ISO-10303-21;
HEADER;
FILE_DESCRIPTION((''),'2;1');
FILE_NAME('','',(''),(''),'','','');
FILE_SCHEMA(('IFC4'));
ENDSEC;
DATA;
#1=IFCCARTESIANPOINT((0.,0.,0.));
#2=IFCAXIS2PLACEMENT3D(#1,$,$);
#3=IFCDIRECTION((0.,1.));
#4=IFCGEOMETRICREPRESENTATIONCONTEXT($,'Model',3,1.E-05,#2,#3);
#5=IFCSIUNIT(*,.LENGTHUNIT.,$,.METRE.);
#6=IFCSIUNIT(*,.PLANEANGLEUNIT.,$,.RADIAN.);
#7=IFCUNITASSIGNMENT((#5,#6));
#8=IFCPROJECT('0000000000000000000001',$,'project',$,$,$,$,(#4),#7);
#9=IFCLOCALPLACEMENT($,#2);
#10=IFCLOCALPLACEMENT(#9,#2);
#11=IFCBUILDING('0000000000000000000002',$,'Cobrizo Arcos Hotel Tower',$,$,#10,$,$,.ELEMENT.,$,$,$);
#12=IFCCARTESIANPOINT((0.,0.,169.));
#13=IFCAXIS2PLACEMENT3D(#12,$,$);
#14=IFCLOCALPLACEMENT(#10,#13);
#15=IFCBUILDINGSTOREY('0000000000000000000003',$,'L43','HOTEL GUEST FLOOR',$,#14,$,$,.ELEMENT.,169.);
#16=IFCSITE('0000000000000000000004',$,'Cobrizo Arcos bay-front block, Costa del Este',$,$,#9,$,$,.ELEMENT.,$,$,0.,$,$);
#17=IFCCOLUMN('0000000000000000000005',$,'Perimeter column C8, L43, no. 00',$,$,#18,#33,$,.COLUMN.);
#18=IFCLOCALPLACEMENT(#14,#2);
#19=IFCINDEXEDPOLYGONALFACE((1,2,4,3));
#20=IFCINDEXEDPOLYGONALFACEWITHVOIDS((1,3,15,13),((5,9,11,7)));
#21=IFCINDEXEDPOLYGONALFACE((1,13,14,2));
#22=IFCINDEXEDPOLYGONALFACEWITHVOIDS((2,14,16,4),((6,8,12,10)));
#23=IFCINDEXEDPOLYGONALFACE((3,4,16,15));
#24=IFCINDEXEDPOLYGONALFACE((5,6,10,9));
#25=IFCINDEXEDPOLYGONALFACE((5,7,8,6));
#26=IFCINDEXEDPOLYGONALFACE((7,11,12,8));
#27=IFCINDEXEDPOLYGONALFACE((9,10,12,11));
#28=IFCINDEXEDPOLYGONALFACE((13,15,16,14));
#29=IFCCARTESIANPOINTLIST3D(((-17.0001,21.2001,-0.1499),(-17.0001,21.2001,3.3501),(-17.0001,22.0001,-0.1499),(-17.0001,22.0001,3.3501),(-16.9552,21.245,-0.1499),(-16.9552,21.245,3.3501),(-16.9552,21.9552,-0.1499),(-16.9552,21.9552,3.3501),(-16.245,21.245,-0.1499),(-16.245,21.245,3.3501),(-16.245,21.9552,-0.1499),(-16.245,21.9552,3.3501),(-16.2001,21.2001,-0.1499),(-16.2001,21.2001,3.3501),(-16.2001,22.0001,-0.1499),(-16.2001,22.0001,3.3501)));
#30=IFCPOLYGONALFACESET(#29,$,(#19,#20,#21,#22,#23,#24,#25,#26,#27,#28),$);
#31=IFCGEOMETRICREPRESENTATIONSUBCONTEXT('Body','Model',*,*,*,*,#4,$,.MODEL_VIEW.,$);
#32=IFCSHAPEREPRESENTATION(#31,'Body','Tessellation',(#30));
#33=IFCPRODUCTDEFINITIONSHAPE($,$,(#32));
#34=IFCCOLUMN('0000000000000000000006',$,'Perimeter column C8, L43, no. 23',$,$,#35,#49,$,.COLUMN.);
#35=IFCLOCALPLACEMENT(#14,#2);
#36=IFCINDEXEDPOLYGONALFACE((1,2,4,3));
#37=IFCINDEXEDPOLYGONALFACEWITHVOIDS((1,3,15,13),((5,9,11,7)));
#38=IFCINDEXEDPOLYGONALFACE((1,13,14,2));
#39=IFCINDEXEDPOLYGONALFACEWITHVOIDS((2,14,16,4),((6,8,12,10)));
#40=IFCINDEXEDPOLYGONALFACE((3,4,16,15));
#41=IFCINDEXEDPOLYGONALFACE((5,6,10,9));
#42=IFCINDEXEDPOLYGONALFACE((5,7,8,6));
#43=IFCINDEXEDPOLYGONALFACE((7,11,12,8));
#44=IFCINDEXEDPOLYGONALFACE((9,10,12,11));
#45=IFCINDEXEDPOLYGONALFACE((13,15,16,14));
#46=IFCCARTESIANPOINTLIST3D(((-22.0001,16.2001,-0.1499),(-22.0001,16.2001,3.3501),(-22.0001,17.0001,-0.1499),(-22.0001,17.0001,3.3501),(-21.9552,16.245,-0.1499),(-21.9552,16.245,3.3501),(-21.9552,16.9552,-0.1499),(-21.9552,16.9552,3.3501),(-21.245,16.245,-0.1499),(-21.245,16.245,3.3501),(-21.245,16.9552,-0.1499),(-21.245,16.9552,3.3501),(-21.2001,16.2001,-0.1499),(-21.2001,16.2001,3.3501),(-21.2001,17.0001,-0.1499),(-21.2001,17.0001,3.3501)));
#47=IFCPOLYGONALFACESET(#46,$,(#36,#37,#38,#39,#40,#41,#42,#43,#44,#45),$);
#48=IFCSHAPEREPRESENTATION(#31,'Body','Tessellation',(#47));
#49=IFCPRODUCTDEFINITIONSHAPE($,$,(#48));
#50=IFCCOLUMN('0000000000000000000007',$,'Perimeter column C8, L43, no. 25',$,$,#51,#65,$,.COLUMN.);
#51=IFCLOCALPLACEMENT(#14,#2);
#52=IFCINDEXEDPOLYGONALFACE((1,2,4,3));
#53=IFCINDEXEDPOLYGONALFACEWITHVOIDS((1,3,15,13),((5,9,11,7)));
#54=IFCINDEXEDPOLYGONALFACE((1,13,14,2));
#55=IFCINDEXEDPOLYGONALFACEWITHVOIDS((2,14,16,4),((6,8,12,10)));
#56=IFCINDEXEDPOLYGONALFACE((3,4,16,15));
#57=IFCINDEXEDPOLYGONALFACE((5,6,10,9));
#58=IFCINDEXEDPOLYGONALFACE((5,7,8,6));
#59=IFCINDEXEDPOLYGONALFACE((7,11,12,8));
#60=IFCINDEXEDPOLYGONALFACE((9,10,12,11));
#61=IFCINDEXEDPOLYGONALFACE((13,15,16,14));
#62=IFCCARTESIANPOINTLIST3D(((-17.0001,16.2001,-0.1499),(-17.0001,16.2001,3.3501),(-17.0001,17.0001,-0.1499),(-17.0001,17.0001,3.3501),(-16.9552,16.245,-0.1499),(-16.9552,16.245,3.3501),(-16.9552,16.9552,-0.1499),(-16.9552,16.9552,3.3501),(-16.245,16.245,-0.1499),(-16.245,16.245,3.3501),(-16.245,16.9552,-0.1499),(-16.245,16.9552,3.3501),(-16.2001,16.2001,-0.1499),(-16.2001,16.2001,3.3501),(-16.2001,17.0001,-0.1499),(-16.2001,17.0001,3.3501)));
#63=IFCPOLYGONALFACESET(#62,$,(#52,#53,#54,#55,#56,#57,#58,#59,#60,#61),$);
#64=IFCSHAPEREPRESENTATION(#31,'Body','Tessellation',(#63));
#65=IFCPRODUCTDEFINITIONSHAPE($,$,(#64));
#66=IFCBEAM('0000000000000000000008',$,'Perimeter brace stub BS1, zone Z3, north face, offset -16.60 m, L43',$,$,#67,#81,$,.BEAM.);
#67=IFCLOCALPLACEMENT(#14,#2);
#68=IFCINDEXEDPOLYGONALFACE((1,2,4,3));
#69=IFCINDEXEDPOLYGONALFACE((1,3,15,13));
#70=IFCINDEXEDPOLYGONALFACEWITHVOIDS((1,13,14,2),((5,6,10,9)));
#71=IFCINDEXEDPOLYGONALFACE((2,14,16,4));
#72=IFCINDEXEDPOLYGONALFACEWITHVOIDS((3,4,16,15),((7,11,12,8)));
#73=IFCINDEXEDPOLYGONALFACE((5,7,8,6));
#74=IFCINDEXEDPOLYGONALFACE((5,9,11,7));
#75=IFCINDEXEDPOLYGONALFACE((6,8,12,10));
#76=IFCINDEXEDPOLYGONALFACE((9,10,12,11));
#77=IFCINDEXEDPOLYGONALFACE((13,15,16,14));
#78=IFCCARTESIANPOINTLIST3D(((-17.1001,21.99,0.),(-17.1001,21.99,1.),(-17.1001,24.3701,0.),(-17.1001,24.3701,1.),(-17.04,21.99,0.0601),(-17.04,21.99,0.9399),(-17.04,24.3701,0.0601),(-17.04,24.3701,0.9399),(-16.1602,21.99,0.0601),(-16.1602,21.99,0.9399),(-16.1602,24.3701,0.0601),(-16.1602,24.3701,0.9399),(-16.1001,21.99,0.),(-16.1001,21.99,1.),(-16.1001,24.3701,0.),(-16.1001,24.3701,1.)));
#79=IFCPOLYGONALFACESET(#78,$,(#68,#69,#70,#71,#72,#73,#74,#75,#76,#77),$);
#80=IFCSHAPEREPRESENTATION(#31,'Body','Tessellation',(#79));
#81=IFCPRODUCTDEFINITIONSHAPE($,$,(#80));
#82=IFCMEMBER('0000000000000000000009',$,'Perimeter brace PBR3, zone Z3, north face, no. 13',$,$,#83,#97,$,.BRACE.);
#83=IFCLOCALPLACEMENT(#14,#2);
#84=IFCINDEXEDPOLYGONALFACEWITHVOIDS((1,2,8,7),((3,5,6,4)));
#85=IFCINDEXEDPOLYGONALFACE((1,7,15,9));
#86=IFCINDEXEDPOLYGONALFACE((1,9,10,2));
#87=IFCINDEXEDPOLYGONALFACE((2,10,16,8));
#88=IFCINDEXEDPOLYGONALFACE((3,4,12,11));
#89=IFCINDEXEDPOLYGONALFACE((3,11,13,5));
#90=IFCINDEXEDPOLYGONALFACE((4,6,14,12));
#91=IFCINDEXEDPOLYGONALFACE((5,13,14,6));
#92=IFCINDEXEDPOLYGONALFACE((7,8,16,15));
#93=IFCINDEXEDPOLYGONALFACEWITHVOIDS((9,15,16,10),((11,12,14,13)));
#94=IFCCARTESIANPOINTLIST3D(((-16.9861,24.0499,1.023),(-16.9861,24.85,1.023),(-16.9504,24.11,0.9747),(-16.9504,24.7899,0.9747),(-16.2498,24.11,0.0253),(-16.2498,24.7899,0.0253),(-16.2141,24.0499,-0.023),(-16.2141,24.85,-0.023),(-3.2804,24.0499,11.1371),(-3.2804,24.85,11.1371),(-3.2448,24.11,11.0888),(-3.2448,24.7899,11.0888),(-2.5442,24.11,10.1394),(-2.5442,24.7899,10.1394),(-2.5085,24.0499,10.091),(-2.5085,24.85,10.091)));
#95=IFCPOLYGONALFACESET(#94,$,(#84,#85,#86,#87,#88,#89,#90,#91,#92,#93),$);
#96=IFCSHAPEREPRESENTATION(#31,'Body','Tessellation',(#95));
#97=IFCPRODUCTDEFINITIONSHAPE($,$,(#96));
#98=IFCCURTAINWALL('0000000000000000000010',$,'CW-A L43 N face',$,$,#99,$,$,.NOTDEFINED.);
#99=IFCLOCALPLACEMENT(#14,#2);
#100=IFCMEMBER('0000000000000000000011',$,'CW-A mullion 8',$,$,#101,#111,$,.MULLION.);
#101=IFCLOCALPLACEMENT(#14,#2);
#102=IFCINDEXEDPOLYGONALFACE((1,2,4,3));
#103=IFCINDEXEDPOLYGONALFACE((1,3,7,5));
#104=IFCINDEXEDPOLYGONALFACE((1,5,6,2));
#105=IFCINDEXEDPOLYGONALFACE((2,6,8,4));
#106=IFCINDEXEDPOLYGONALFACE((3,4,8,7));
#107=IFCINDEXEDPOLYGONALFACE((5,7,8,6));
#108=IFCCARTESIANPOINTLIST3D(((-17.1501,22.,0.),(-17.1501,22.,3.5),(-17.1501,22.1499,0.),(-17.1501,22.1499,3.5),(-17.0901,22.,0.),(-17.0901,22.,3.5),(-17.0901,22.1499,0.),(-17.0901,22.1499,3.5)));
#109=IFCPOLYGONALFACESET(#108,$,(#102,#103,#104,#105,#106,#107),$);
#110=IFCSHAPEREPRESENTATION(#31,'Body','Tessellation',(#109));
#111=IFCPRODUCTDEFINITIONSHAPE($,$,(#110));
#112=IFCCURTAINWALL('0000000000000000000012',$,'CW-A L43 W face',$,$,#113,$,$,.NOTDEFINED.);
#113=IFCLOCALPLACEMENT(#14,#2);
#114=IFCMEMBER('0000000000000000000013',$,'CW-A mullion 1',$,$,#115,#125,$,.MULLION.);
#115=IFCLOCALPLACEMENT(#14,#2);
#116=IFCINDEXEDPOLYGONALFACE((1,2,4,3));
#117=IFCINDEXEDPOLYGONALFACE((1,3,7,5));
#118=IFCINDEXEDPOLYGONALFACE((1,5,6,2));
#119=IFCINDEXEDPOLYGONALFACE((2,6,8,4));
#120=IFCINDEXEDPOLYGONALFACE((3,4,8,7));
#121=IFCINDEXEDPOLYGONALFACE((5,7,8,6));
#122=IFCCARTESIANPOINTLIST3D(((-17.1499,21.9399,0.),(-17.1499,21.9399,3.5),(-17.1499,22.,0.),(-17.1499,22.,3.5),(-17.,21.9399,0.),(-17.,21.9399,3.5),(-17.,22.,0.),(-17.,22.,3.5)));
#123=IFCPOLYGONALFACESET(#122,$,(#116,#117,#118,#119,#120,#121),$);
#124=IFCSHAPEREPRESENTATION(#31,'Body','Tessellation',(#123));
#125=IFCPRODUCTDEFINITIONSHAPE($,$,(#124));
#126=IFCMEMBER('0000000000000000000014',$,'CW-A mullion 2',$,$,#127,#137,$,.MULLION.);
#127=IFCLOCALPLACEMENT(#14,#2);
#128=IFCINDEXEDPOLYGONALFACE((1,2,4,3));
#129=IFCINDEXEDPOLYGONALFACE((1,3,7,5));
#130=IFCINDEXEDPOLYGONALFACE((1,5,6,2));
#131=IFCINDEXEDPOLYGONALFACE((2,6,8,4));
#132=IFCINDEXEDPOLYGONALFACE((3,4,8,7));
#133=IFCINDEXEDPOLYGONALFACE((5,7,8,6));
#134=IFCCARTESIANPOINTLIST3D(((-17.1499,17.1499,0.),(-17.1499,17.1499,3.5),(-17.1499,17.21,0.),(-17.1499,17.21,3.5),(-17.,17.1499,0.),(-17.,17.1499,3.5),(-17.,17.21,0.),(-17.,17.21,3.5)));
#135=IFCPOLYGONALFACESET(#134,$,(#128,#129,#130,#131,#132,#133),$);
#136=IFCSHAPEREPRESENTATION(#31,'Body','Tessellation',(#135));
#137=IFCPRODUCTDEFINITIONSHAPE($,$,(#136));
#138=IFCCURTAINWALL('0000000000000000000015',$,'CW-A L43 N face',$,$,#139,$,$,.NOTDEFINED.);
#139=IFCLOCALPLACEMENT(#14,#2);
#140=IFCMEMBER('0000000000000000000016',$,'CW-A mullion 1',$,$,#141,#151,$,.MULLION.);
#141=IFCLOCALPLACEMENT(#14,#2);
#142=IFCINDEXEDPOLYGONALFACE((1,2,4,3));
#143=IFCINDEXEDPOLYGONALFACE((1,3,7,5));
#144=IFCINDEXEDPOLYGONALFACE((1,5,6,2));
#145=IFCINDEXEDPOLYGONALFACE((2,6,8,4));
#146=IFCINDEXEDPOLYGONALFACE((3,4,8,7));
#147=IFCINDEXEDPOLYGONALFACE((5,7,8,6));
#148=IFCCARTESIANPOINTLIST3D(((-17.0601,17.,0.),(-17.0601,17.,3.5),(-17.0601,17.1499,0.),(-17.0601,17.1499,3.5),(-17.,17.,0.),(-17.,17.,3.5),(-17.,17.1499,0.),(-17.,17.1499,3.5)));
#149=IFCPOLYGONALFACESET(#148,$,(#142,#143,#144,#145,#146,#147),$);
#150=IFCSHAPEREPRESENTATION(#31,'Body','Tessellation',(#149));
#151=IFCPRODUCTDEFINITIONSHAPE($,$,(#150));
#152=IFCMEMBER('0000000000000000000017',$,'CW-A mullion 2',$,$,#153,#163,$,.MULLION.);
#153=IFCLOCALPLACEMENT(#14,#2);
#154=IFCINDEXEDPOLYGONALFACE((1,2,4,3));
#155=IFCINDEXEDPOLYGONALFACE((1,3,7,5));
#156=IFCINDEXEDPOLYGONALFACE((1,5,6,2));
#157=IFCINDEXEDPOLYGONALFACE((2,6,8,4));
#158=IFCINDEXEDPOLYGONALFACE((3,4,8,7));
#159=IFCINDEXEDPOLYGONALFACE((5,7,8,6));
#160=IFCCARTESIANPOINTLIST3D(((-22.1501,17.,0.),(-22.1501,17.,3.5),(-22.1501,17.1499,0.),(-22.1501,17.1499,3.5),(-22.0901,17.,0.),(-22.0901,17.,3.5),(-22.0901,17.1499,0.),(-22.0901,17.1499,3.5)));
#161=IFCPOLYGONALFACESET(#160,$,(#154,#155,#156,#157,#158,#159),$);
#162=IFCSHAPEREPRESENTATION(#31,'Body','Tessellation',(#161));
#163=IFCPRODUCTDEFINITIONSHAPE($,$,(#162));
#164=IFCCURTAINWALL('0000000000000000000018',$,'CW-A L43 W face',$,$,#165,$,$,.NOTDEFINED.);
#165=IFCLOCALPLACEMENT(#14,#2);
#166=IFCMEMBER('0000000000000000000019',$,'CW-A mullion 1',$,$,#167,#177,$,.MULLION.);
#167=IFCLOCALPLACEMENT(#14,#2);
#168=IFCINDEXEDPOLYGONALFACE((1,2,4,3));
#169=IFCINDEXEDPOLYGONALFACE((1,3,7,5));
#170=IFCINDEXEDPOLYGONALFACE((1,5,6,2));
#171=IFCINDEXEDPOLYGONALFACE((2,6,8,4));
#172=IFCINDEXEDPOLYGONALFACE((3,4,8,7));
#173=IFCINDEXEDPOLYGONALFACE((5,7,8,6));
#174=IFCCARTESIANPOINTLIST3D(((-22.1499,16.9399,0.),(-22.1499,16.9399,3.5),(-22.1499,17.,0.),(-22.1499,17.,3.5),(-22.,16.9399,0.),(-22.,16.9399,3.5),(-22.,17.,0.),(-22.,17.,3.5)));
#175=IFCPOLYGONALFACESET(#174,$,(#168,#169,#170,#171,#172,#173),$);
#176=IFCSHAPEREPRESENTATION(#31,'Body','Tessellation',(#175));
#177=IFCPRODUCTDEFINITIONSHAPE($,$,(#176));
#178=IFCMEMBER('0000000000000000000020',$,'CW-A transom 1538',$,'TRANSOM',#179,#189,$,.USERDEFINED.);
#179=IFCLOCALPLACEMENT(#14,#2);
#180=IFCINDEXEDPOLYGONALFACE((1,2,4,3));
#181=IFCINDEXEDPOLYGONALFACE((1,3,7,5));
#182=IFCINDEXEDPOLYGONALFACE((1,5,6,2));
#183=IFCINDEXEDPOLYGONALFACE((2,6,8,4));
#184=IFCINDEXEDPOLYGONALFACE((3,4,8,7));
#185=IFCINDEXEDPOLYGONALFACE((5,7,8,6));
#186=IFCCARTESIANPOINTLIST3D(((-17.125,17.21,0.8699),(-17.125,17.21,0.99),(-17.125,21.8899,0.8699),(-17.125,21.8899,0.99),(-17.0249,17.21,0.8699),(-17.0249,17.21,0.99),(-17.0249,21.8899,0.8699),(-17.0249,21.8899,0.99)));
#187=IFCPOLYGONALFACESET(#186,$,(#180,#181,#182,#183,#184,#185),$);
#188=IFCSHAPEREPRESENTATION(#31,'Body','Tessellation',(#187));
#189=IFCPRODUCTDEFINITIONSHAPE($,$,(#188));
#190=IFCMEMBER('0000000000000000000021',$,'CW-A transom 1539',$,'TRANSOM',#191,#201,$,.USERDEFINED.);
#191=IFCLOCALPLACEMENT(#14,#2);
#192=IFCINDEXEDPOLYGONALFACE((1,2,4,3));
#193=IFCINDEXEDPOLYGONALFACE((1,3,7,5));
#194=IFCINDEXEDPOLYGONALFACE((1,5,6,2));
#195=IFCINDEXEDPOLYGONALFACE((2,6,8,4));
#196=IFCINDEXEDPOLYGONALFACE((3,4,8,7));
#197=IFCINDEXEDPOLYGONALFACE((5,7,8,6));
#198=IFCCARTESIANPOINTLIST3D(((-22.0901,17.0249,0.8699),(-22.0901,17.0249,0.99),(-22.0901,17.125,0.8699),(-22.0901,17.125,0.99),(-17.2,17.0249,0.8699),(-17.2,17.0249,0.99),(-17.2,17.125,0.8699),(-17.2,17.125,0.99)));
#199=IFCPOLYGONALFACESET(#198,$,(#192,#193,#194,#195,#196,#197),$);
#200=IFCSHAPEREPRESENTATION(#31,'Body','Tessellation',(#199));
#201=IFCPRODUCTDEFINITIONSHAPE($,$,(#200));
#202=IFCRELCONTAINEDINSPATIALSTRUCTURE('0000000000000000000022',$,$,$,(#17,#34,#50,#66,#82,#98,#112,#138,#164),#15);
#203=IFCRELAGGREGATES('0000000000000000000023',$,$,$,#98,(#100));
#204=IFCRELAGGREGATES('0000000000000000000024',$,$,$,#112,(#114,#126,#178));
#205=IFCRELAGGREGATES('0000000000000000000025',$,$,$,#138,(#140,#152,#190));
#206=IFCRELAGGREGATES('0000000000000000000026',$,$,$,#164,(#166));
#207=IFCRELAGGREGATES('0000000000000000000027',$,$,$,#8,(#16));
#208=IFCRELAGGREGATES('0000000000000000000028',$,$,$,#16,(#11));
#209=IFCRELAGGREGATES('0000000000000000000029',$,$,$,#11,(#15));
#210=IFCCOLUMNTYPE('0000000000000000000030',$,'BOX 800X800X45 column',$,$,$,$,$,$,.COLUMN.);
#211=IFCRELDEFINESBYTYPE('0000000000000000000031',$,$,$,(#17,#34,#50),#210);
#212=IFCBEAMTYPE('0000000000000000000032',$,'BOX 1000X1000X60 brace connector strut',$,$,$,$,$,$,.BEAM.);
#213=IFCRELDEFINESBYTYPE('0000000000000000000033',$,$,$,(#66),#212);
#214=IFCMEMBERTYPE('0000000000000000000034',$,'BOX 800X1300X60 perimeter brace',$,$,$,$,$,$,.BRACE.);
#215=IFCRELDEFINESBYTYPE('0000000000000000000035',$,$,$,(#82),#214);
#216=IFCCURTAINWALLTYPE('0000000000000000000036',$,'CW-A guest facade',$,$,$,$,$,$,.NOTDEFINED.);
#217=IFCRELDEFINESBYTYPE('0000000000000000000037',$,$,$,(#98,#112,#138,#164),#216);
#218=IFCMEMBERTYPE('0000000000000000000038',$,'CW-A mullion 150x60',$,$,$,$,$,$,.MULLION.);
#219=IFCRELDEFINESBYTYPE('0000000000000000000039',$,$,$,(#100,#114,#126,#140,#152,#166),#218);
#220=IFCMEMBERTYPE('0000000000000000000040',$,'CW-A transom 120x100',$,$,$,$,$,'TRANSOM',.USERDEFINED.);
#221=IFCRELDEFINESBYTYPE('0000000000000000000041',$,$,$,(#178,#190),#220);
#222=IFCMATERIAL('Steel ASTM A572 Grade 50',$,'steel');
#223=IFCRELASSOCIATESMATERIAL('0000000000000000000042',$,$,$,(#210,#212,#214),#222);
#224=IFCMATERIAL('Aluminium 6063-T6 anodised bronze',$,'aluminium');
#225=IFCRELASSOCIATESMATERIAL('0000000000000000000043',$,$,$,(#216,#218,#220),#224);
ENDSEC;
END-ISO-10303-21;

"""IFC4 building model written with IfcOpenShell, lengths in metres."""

from ifc_helpers import new_model, si_unit, direction, frame, origin, origin_2d, place, context, subcontext, project, spatial, rectangle, hollow_rectangle, extrude, material, material_profile, profile_set, type_object, element, aggregate, save


model = new_model("IFC4")

# Units and contexts
model_context = context("Model", 3, precision=1e-05, world=origin(), true_north=direction((0.0, 1.0)))
body_context = subcontext(model_context, "Body", "Model", "MODEL_VIEW")
ifc_project = project(units=[si_unit("LENGTHUNIT", "METRE"), si_unit("PLANEANGLEUNIT", "RADIAN")], contexts=[model_context])

# Site, building, storey
site_placement = place(None, origin())
site = spatial("IfcSite", under=ifc_project, at=site_placement, Name="Cobrizo Arcos bay-front block, Costa del Este", CompositionType="ELEMENT", RefElevation=0.0)
building_placement = place(site_placement, origin())
building = spatial("IfcBuilding", under=site, at=building_placement, Name="Cobrizo Arcos Hotel Tower", CompositionType="ELEMENT")
storey_placement = place(building_placement, frame((0.0, 0.0, 169.0)))
storey = spatial("IfcBuildingStorey", under=building, at=storey_placement, Name="L43", Description="HOTEL GUEST FLOOR", CompositionType="ELEMENT", Elevation=169.0)

# Columns
ifc_material_1 = material(Name="Steel ASTM A572 Grade 50", Category="steel")
ifc_material_profile_1 = material_profile(ifc_material_1, hollow_rectangle(XDim=0.8, YDim=0.8, WallThickness=0.0449, at=origin_2d()), Name="BOX 800X800X45")
ifc_profile_set_1 = profile_set([ifc_material_profile_1], Name="Steel ASTM A572 Grade 50")
column_type = type_object("IfcColumnType", Name="BOX 800X800X45 column", PredefinedType="COLUMN", material=ifc_profile_set_1)
for number, where, z_axis, x_axis, name in (
    (1, (-16.6001, 21.6001, -0.1499), (0.0, 0.0, 1.0), (1.0, 0.0, 0.0), "Perimeter column C8, L43, no. 00"),
    (2, (-21.6001, 16.6001, -0.1499), (0.0, 0.0, 1.0), (1.0, 0.0, 0.0), "Perimeter column C8, L43, no. 23"),
    (3, (-16.6001, 16.6001, -0.1499), (0.0, 0.0, 1.0), (1.0, 0.0, 0.0), "Perimeter column C8, L43, no. 25"),
):
    element("IfcColumn", number, at=place(storey_placement, frame(where, z_axis=z_axis, x_axis=x_axis)), inside=storey, type_object=column_type, Name=name, PredefinedType="COLUMN", context=body_context, shape_type="SweptSolid", body=[
        extrude(hollow_rectangle(XDim=0.8, YDim=0.8, WallThickness=0.0449, at=origin_2d()), origin(), (0.0, 0.0, 1.0), 3.5),
    ])

# Beam
ifc_material_profile_2 = material_profile(ifc_material_1, hollow_rectangle(XDim=1.0, YDim=1.0, WallThickness=0.0601, at=origin_2d()), Name="BOX 1000X1000X60")
ifc_profile_set_2 = profile_set([ifc_material_profile_2], Name="Steel ASTM A572 Grade 50")
beam_type_1 = type_object("IfcBeamType", Name="BOX 1000X1000X60 brace connector strut", PredefinedType="BEAM", material=ifc_profile_set_2)
beam_1_placement = place(storey_placement, frame((-16.6001, 21.99, 0.5), z_axis=(0.0, 1.0, 0.0), x_axis=(-1.0, 0.0, 0.0)))
element("IfcBeam", 4, at=beam_1_placement, inside=storey, type_object=beam_type_1, Name="Perimeter brace stub BS1, zone Z3, north face, offset -16.60 m, L43", PredefinedType="BEAM", context=body_context, shape_type="SweptSolid", body=[
    extrude(hollow_rectangle(XDim=1.0, YDim=1.0, WallThickness=0.0601, at=origin_2d()), origin(), (0.0, 0.0, 1.0), 2.3801),
])

# Member
ifc_material_profile_3 = material_profile(ifc_material_1, hollow_rectangle(XDim=0.8, YDim=1.3, WallThickness=0.0601, at=origin_2d()), Name="BOX 800X1300X60")
ifc_profile_set_3 = profile_set([ifc_material_profile_3], Name="Steel ASTM A572 Grade 50")
member_type_1 = type_object("IfcMemberType", Name="BOX 800X1300X60 perimeter brace", PredefinedType="BRACE", material=ifc_profile_set_3)
member_1_placement = place(storey_placement, frame((-16.6001, 24.45, 0.5), z_axis=(0.80463, 0.0, 0.593776), x_axis=(0.0, 1.0, 0.0)))
element("IfcMember", 5, at=member_1_placement, inside=storey, type_object=member_type_1, Name="Perimeter brace PBR3, zone Z3, north face, no. 13", PredefinedType="BRACE", context=body_context, shape_type="SweptSolid", body=[
    extrude(hollow_rectangle(XDim=0.8, YDim=1.3, WallThickness=0.0601, at=origin_2d()), origin(), (0.0, 0.0, 1.0), 17.0334),
])

# Curtain wall, member
ifc_material_2 = material(Name="Aluminium 6063-T6 anodised bronze", Category="aluminium")
curtain_wall_type = type_object("IfcCurtainWallType", Name="CW-A guest facade", PredefinedType="NOTDEFINED", material=ifc_material_2)
curtain_wall_1_placement = place(storey_placement, origin())
curtain_wall_1 = element("IfcCurtainWall", 6, at=curtain_wall_1_placement, inside=storey, type_object=curtain_wall_type, Name="CW-A L43 N face", PredefinedType="NOTDEFINED")
ifc_material_profile_4 = material_profile(ifc_material_2, rectangle(XDim=0.1499, YDim=0.0601, at=origin_2d()), Name="CW-A mullion 150x60")
ifc_profile_set_4 = profile_set([ifc_material_profile_4], Name="Aluminium 6063-T6 anodised bronze")
member_type_2 = type_object("IfcMemberType", Name="CW-A mullion 150x60", PredefinedType="MULLION", material=ifc_profile_set_4)
member_2_placement = place(storey_placement, frame((-17.1201, 22.075, 0.0), z_axis=(0.0, 0.0, 1.0), x_axis=(0.0, 1.0, 0.0)))
member_2 = element("IfcMember", 7, at=member_2_placement, type_object=member_type_2, Name="CW-A mullion 8", PredefinedType="MULLION", context=body_context, shape_type="SweptSolid", body=[
    extrude(rectangle(XDim=0.1499, YDim=0.0601, at=origin_2d()), origin(), (0.0, 0.0, 1.0), 3.5),
])

# Curtain walls, members
curtain_wall_2_placement = place(storey_placement, origin())
curtain_wall_2 = element("IfcCurtainWall", 8, at=curtain_wall_2_placement, inside=storey, type_object=curtain_wall_type, Name="CW-A L43 W face", PredefinedType="NOTDEFINED")
member_3_placement = place(storey_placement, frame((-17.075, 21.97, 0.0), z_axis=(0.0, 0.0, 1.0), x_axis=(-1.0, 0.0, 0.0)))
member_3 = element("IfcMember", 9, at=member_3_placement, type_object=member_type_2, Name="CW-A mullion 1", PredefinedType="MULLION", context=body_context, shape_type="SweptSolid", body=[
    extrude(rectangle(XDim=0.1499, YDim=0.0601, at=origin_2d()), origin(), (0.0, 0.0, 1.0), 3.5),
])
member_4_placement = place(storey_placement, frame((-17.075, 17.1799, 0.0), z_axis=(0.0, 0.0, 1.0), x_axis=(-1.0, 0.0, 0.0)))
member_4 = element("IfcMember", 10, at=member_4_placement, type_object=member_type_2, Name="CW-A mullion 2", PredefinedType="MULLION", context=body_context, shape_type="SweptSolid", body=[
    extrude(rectangle(XDim=0.1499, YDim=0.0601, at=origin_2d()), origin(), (0.0, 0.0, 1.0), 3.5),
])
curtain_wall_3_placement = place(storey_placement, origin())
curtain_wall_3 = element("IfcCurtainWall", 11, at=curtain_wall_3_placement, inside=storey, type_object=curtain_wall_type, Name="CW-A L43 N face", PredefinedType="NOTDEFINED")
member_5_placement = place(storey_placement, frame((-17.03, 17.075, 0.0), z_axis=(0.0, 0.0, 1.0), x_axis=(0.0, 1.0, 0.0)))
member_5 = element("IfcMember", 12, at=member_5_placement, type_object=member_type_2, Name="CW-A mullion 1", PredefinedType="MULLION", context=body_context, shape_type="SweptSolid", body=[
    extrude(rectangle(XDim=0.1499, YDim=0.0601, at=origin_2d()), origin(), (0.0, 0.0, 1.0), 3.5),
])
member_6_placement = place(storey_placement, frame((-22.1201, 17.075, 0.0), z_axis=(0.0, 0.0, 1.0), x_axis=(0.0, 1.0, 0.0)))
member_6 = element("IfcMember", 13, at=member_6_placement, type_object=member_type_2, Name="CW-A mullion 2", PredefinedType="MULLION", context=body_context, shape_type="SweptSolid", body=[
    extrude(rectangle(XDim=0.1499, YDim=0.0601, at=origin_2d()), origin(), (0.0, 0.0, 1.0), 3.5),
])

# Curtain wall, member
curtain_wall_4_placement = place(storey_placement, origin())
curtain_wall_4 = element("IfcCurtainWall", 14, at=curtain_wall_4_placement, inside=storey, type_object=curtain_wall_type, Name="CW-A L43 W face", PredefinedType="NOTDEFINED")
member_7_placement = place(storey_placement, frame((-22.075, 16.97, 0.0), z_axis=(0.0, 0.0, 1.0), x_axis=(-1.0, 0.0, 0.0)))
member_7 = element("IfcMember", 15, at=member_7_placement, type_object=member_type_2, Name="CW-A mullion 1", PredefinedType="MULLION", context=body_context, shape_type="SweptSolid", body=[
    extrude(rectangle(XDim=0.1499, YDim=0.0601, at=origin_2d()), origin(), (0.0, 0.0, 1.0), 3.5),
])

# Members
ifc_material_profile_5 = material_profile(ifc_material_2, rectangle(XDim=0.1001, YDim=0.1201, at=origin_2d()), Name="CW-A transom 120x100")
ifc_profile_set_5 = profile_set([ifc_material_profile_5], Name="Aluminium 6063-T6 anodised bronze")
member_type_3 = type_object("IfcMemberType", Name="CW-A transom 120x100", ElementType="TRANSOM", PredefinedType="USERDEFINED", material=ifc_profile_set_5)
member_8_placement = place(storey_placement, frame((-17.075, 21.8899, 0.9299), z_axis=(0.0, -1.0, 0.0), x_axis=(1.0, 0.0, 0.0)))
member_8 = element("IfcMember", 16, at=member_8_placement, type_object=member_type_3, Name="CW-A transom 1538", ObjectType="TRANSOM", PredefinedType="USERDEFINED", context=body_context, shape_type="SweptSolid", body=[
    extrude(rectangle(XDim=0.1001, YDim=0.1201, at=origin_2d()), origin(), (0.0, 0.0, 1.0), 4.6799),
])
member_9_placement = place(storey_placement, frame((-17.2, 17.075, 0.9299), z_axis=(-1.0, 0.0, 0.0), x_axis=(0.0, -1.0, 0.0)))
member_9 = element("IfcMember", 17, at=member_9_placement, type_object=member_type_3, Name="CW-A transom 1539", ObjectType="TRANSOM", PredefinedType="USERDEFINED", context=body_context, shape_type="SweptSolid", body=[
    extrude(rectangle(XDim=0.1001, YDim=0.1201, at=origin_2d()), origin(), (0.0, 0.0, 1.0), 4.8901),
])

aggregate(curtain_wall_1, [member_2])
aggregate(curtain_wall_2, [member_3, member_4, member_8])
aggregate(curtain_wall_3, [member_5, member_6, member_9])
aggregate(curtain_wall_4, [member_7])

save(model, "model.ifc")
